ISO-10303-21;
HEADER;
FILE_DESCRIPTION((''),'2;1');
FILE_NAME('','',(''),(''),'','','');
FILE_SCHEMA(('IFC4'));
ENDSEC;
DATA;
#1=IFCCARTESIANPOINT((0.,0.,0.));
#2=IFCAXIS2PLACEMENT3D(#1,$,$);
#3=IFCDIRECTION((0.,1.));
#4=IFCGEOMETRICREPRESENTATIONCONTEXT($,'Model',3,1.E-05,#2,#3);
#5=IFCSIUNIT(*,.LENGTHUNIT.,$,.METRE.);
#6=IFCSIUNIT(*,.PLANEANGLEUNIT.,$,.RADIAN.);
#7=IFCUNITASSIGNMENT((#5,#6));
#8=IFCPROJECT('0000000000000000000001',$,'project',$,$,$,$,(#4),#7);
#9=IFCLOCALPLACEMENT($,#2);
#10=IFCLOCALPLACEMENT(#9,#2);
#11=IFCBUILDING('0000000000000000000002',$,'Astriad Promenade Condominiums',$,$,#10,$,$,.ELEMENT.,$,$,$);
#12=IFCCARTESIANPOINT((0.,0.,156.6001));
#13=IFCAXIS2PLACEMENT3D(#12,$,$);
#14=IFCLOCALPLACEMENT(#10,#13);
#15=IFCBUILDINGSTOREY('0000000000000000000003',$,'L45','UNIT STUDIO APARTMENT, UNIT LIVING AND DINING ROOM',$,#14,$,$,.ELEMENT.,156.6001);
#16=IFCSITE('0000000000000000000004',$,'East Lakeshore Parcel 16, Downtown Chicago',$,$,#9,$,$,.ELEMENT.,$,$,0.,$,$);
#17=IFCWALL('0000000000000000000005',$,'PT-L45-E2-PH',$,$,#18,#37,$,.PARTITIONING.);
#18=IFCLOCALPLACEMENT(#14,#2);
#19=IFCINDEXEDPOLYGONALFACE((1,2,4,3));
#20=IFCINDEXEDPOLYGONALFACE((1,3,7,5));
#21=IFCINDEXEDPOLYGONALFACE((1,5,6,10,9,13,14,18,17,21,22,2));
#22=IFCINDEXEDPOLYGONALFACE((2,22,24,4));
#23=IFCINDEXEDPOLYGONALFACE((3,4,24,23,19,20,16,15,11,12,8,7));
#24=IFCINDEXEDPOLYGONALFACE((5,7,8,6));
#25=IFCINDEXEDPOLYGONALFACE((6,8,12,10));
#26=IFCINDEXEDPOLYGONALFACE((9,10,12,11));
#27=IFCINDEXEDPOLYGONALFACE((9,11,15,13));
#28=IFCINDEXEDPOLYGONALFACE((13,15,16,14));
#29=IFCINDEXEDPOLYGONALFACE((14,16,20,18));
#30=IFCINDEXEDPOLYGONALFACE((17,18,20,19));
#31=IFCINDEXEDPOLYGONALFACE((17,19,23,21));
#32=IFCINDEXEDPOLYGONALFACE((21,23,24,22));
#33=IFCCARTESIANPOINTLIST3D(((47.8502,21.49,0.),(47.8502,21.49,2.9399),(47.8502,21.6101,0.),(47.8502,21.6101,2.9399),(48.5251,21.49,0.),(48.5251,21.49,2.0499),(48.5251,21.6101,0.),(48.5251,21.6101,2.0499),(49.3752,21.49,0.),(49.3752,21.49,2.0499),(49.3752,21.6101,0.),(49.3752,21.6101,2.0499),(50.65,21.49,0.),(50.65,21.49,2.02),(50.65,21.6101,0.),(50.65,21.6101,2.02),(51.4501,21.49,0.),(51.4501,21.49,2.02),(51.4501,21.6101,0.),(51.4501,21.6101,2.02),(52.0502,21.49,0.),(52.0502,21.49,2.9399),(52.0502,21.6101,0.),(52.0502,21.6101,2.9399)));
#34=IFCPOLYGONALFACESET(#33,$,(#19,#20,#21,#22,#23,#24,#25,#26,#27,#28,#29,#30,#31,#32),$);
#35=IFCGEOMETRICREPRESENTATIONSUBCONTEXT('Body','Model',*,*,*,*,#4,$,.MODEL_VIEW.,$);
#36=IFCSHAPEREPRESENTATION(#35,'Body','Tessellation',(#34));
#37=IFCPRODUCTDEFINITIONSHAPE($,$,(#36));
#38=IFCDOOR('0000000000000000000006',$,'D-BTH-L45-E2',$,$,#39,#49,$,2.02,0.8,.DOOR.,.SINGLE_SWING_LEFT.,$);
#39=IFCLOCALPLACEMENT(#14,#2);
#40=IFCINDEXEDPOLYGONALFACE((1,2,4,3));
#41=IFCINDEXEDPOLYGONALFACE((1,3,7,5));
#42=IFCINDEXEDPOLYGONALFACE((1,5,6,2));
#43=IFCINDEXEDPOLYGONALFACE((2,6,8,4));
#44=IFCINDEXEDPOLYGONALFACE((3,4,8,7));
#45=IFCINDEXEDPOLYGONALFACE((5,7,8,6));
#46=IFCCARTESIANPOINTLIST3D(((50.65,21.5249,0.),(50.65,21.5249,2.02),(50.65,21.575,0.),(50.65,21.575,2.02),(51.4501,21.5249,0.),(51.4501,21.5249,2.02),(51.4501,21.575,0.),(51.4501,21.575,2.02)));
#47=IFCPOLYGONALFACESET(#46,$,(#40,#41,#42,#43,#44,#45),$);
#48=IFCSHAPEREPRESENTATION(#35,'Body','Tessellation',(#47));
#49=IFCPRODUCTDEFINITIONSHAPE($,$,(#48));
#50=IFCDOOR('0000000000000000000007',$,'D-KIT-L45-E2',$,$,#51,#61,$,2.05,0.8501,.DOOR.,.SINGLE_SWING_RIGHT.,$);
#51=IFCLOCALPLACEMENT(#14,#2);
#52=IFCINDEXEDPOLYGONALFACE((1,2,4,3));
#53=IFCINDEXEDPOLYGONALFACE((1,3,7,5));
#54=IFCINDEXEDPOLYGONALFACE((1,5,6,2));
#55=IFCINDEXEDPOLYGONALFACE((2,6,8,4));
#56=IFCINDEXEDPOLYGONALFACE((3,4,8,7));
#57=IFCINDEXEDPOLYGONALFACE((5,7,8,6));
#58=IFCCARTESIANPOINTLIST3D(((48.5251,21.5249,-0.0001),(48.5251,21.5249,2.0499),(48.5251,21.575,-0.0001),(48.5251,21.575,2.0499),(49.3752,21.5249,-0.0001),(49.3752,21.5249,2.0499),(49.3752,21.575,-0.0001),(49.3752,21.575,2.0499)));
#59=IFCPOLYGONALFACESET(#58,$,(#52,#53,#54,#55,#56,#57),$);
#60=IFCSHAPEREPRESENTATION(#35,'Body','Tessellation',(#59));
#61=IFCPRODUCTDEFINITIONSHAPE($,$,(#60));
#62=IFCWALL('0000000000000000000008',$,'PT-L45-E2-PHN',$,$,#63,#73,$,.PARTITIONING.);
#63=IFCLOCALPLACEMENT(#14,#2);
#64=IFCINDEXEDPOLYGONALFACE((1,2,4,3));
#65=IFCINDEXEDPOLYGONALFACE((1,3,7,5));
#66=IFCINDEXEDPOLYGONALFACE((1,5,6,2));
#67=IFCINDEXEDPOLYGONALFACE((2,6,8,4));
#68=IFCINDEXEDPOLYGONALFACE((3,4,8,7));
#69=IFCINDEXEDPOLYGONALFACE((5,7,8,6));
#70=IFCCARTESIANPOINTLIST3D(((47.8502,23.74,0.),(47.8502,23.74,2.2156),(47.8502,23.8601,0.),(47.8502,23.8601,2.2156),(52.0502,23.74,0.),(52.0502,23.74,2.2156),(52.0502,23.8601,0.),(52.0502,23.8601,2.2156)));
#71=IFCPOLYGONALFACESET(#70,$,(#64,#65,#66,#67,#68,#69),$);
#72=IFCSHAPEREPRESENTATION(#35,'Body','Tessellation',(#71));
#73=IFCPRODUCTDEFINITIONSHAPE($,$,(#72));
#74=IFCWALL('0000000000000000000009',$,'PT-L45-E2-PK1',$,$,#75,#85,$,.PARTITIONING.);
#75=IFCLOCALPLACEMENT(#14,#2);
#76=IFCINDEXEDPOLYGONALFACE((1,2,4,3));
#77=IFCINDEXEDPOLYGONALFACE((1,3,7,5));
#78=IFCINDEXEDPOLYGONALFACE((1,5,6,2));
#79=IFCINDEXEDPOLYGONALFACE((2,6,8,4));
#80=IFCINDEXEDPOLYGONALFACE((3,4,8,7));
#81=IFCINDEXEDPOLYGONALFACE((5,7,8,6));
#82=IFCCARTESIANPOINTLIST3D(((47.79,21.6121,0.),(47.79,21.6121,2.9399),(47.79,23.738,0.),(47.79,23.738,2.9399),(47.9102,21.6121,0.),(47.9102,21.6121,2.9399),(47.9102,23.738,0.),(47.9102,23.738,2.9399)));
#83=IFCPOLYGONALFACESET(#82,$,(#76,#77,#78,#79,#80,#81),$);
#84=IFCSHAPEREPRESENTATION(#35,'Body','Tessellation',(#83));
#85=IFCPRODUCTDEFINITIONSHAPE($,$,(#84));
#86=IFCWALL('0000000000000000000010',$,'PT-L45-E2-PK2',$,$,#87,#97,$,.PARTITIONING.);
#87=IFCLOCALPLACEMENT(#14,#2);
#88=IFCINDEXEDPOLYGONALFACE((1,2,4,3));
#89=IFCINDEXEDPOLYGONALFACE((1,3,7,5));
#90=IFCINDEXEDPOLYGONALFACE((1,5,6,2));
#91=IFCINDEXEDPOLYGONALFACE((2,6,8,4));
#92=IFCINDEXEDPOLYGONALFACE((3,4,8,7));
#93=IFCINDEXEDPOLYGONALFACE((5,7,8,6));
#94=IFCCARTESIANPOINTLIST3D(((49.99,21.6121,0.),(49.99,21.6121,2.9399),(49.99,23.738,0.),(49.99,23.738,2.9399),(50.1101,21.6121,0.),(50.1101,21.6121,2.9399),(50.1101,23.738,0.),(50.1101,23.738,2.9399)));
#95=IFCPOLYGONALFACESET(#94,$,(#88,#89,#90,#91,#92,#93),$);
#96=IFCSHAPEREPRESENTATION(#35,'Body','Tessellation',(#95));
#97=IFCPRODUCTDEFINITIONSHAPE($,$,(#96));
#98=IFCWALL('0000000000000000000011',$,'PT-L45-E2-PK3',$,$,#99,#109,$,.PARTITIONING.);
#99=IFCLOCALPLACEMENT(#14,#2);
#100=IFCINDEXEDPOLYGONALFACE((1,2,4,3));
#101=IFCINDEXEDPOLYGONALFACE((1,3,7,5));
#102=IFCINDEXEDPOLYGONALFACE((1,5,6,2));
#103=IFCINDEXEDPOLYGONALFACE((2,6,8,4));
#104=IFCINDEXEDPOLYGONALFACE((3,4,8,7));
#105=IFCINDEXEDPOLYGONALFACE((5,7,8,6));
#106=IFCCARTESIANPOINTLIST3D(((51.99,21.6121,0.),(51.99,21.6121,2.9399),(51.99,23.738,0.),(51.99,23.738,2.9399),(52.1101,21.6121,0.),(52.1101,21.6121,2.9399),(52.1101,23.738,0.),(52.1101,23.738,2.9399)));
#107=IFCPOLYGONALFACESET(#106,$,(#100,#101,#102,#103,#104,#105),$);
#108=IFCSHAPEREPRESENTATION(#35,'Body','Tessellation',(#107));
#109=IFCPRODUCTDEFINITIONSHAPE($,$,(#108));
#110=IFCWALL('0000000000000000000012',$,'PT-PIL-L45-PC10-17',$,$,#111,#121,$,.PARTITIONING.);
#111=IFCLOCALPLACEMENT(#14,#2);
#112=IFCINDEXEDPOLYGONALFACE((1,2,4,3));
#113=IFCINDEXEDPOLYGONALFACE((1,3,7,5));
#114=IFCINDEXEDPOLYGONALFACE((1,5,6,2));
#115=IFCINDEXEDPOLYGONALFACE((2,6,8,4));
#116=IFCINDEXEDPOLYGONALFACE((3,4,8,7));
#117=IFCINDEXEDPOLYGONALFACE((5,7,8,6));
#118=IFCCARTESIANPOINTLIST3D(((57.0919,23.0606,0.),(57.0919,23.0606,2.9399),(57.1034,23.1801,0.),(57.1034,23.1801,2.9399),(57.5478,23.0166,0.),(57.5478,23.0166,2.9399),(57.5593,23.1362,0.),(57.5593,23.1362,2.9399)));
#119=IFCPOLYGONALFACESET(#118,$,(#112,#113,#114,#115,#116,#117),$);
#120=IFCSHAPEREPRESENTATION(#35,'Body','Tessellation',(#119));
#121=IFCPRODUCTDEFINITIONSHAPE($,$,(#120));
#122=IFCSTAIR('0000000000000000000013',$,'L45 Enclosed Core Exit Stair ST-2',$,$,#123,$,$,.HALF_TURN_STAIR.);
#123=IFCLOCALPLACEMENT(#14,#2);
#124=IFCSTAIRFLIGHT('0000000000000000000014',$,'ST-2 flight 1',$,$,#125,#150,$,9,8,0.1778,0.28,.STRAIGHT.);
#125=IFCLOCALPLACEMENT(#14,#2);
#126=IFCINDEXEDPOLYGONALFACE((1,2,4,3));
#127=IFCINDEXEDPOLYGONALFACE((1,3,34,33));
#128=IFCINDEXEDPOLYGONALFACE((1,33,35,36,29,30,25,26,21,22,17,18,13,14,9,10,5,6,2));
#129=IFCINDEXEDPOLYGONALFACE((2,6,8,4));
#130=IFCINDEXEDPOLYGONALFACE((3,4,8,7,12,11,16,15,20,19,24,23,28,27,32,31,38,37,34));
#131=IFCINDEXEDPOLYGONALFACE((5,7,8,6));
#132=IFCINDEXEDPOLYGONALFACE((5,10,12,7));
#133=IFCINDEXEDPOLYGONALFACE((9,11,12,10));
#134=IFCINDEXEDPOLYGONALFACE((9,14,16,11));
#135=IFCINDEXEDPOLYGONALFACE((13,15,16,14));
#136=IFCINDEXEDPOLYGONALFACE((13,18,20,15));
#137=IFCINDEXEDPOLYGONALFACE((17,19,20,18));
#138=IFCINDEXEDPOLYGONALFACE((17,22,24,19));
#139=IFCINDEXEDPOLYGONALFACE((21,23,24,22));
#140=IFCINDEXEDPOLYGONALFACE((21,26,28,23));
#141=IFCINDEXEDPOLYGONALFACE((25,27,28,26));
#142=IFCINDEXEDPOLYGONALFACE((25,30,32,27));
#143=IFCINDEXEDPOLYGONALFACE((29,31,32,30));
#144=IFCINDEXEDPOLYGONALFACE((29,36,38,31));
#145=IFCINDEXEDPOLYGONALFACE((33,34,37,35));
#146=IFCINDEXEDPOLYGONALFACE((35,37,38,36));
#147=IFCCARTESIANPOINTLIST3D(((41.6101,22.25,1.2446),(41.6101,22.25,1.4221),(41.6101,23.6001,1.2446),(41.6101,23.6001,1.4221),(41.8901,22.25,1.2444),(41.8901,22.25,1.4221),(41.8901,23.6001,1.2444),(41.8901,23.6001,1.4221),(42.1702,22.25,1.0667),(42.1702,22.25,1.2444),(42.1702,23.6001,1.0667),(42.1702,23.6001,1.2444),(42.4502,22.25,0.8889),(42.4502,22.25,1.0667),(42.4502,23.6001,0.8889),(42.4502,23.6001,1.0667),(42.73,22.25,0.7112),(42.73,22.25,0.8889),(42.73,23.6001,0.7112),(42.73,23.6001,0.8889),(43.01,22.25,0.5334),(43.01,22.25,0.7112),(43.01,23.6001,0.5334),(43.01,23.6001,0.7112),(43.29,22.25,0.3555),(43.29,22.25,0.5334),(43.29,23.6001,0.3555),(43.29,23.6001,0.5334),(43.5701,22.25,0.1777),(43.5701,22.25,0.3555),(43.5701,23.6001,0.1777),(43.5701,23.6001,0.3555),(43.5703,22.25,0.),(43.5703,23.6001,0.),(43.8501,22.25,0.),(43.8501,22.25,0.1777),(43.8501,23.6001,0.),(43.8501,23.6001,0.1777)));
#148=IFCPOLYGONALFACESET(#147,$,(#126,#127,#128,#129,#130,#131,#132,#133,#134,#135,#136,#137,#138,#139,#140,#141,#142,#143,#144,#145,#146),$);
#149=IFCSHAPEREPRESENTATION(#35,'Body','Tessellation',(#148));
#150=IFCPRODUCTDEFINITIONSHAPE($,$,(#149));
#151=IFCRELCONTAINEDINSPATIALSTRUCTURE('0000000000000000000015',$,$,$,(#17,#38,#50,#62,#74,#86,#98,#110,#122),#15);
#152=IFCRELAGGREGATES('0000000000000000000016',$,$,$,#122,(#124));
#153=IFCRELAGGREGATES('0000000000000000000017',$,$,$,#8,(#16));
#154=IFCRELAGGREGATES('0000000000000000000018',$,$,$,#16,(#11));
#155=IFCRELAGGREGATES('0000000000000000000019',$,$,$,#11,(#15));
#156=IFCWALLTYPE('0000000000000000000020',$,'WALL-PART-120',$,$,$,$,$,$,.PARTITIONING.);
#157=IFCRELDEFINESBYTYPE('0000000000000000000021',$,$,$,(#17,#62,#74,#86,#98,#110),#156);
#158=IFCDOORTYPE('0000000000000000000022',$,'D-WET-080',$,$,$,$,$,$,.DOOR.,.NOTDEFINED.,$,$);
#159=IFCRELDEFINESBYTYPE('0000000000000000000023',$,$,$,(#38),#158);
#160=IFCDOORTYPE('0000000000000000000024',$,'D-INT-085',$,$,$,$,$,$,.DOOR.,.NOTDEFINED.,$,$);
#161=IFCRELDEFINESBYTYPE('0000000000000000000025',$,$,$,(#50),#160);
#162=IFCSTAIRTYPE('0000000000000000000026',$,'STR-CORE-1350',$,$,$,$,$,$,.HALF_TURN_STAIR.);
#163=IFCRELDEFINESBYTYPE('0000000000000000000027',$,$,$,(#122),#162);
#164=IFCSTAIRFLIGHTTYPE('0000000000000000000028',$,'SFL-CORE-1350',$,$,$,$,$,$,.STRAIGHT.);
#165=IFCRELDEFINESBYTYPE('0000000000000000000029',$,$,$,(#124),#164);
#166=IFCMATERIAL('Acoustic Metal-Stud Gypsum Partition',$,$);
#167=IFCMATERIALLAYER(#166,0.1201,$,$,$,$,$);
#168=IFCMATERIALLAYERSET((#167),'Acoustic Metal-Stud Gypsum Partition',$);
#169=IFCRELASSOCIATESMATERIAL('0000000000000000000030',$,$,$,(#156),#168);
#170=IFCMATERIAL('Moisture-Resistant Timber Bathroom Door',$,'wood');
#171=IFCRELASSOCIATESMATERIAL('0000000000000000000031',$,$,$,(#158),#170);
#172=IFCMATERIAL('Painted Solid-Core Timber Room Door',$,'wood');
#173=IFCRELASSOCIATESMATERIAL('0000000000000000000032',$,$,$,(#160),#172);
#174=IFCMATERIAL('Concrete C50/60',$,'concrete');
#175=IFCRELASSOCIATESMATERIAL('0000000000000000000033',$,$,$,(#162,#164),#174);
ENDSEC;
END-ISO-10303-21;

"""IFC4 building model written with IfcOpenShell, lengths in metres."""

from ifc_helpers import new_model, si_unit, direction, frame, frame_2d, origin, place, context, subcontext, project, spatial, polyline, rectangle, outline, extrude, source, transform, mapped, material, layer, layer_set, type_object, type_shapes, element, fill, aggregate, save


model = new_model("IFC4")

# Units and contexts
model_context = context("Model", 3, precision=1e-05, world=origin(), true_north=direction((0.0, 1.0)))
body_context = subcontext(model_context, "Body", "Model", "MODEL_VIEW")
ifc_project = project(units=[si_unit("LENGTHUNIT", "METRE"), si_unit("PLANEANGLEUNIT", "RADIAN")], contexts=[model_context])

# Site, building, storey
site_placement = place(None, origin())
site = spatial("IfcSite", under=ifc_project, at=site_placement, Name="East Lakeshore Parcel 16, Downtown Chicago", CompositionType="ELEMENT", RefElevation=0.0)
building_placement = place(site_placement, origin())
building = spatial("IfcBuilding", under=site, at=building_placement, Name="Astriad Promenade Condominiums", CompositionType="ELEMENT")
storey_placement = place(building_placement, frame((0.0, 0.0, 156.6001)))
storey = spatial("IfcBuildingStorey", under=building, at=storey_placement, Name="L45", Description="UNIT STUDIO APARTMENT, UNIT LIVING AND DINING ROOM", CompositionType="ELEMENT", Elevation=156.6001)

# Wall, openings, doors
ifc_material_1 = material(Name="Acoustic Metal-Stud Gypsum Partition")
ifc_layer_1 = layer(ifc_material_1, 0.1201)
ifc_layer_set_1 = layer_set([ifc_layer_1], Name="Acoustic Metal-Stud Gypsum Partition")
wall_type_1 = type_object("IfcWallType", Name="WALL-PART-120", PredefinedType="PARTITIONING", material=ifc_layer_set_1)
wall_1_placement = place(storey_placement, frame((47.8501, 21.55, 0.0), z_axis=(0.0, 0.0, 1.0), x_axis=(1.0, 0.0, 0.0)))
wall_1 = element("IfcWall", 1, at=wall_1_placement, inside=storey, type_object=wall_type_1, Name="PT-L45-E2-PH", PredefinedType="PARTITIONING", context=body_context, shape_type="SweptSolid", body=[
    extrude(rectangle(XDim=4.2, YDim=0.1201, at=frame_2d((2.1001, 0.0))), origin(), (0.0, 0.0, 1.0), 2.9399),
])
opening_1_placement = place(wall_1_placement, frame((0.675, 0.0, 0.0)))
opening_1 = element("IfcOpeningElement", 2, at=opening_1_placement, cuts=wall_1, PredefinedType="OPENING", context=body_context, shape_type="SweptSolid", body=[
    extrude(rectangle(XDim=0.8501, YDim=2.05, at=frame_2d((0.425, 1.0249))), frame((0.0, 0.0701, 0.0), z_axis=(0.0, -1.0, 0.0), x_axis=(1.0, 0.0, 0.0)), (0.0, 0.0, 1.0), 0.1401),
])
opening_2_placement = place(wall_1_placement, frame((2.8, 0.0, 0.0)))
opening_2 = element("IfcOpeningElement", 3, at=opening_2_placement, cuts=wall_1, PredefinedType="OPENING", context=body_context, shape_type="SweptSolid", body=[
    extrude(rectangle(XDim=0.8, YDim=2.02, at=frame_2d((0.3999, 1.01))), frame((0.0, 0.0701, 0.0), z_axis=(0.0, -1.0, 0.0), x_axis=(1.0, 0.0, 0.0)), (0.0, 0.0, 1.0), 0.1401),
])
ifc_material_2 = material(Name="Moisture-Resistant Timber Bathroom Door", Category="wood")
door_type_1 = type_object("IfcDoorType", Name="D-WET-080", OperationType="NOTDEFINED", PredefinedType="DOOR", material=ifc_material_2)
shared_shape_1 = source(origin(), body_context, "Body", "SweptSolid", [
    extrude(rectangle(XDim=0.8, YDim=2.02, at=frame_2d((0.3999, 1.01))), frame((0.0, 0.0249, 0.0), z_axis=(0.0, -1.0, 0.0), x_axis=(1.0, 0.0, 0.0)), (0.0, 0.0, 1.0), 0.05),
])
type_shapes(door_type_1, [shared_shape_1])
door_1_placement = place(opening_2_placement, origin())
door_1 = element("IfcDoor", 4, at=door_1_placement, inside=storey, type_object=door_type_1, Name="D-BTH-L45-E2", OperationType="SINGLE_SWING_LEFT", OverallHeight=2.02, OverallWidth=0.8, PredefinedType="DOOR", context=body_context, shape_type="MappedRepresentation", body=[
    mapped(shared_shape_1, transform((0.0, 0.0, 0.0), scale=1.0)),
])
fill(opening_2, door_1)
ifc_material_3 = material(Name="Painted Solid-Core Timber Room Door", Category="wood")
door_type_2 = type_object("IfcDoorType", Name="D-INT-085", OperationType="NOTDEFINED", PredefinedType="DOOR", material=ifc_material_3)
shared_shape_2 = source(origin(), body_context, "Body", "SweptSolid", [
    extrude(rectangle(XDim=0.8501, YDim=2.05, at=frame_2d((0.425, 1.0249))), frame((0.0, 0.0249, 0.0), z_axis=(0.0, -1.0, 0.0), x_axis=(1.0, 0.0, 0.0)), (0.0, 0.0, 1.0), 0.05),
])
type_shapes(door_type_2, [shared_shape_2])
door_2_placement = place(opening_1_placement, origin())
door_2 = element("IfcDoor", 5, at=door_2_placement, inside=storey, type_object=door_type_2, Name="D-KIT-L45-E2", OperationType="SINGLE_SWING_RIGHT", OverallHeight=2.05, OverallWidth=0.8501, PredefinedType="DOOR", context=body_context, shape_type="MappedRepresentation", body=[
    mapped(shared_shape_2, transform((0.0, 0.0, 0.0), scale=1.0)),
])
fill(opening_1, door_2)

# Walls
wall_2_placement = place(storey_placement, frame((47.8501, 23.8, 0.0), z_axis=(0.0, 0.0, 1.0), x_axis=(1.0, 0.0, 0.0)))
element("IfcWall", 6, at=wall_2_placement, inside=storey, type_object=wall_type_1, Name="PT-L45-E2-PHN", PredefinedType="PARTITIONING", context=body_context, shape_type="SweptSolid", body=[
    extrude(rectangle(XDim=4.2, YDim=0.1201, at=frame_2d((2.1001, 0.0))), origin(), (0.0, 0.0, 1.0), 2.2156),
])
for number, where, z_axis, x_axis, name in (
    (7, (47.8501, 21.6121, 0.0), (0.0, 0.0, 1.0), (0.0, 1.0, 0.0), "PT-L45-E2-PK1"),
    (8, (50.05, 21.6121, 0.0), (0.0, 0.0, 1.0), (0.0, 1.0, 0.0), "PT-L45-E2-PK2"),
    (9, (52.05, 21.6121, 0.0), (0.0, 0.0, 1.0), (0.0, 1.0, 0.0), "PT-L45-E2-PK3"),
):
    element("IfcWall", number, at=place(storey_placement, frame(where, z_axis=z_axis, x_axis=x_axis)), inside=storey, type_object=wall_type_1, Name=name, PredefinedType="PARTITIONING", context=body_context, shape_type="SweptSolid", body=[
        extrude(rectangle(XDim=2.126, YDim=0.1201, at=frame_2d((1.063, 0.0))), origin(), (0.0, 0.0, 1.0), 2.9399),
    ])
wall_3_placement = place(storey_placement, frame((57.0977, 23.1204, 0.0), z_axis=(0.0, 0.0, 1.0), x_axis=(0.995385, -0.095966, 0.0)))
element("IfcWall", 10, at=wall_3_placement, inside=storey, type_object=wall_type_1, Name="PT-PIL-L45-PC10-17", PredefinedType="PARTITIONING", context=body_context, shape_type="SweptSolid", body=[
    extrude(rectangle(XDim=0.458, YDim=0.1201, at=frame_2d((0.229, 0.0))), origin(), (0.0, 0.0, 1.0), 2.9399),
])

# Stair, stair flight
ifc_material_4 = material(Name="Concrete C50/60", Category="concrete")
stair_type = type_object("IfcStairType", Name="STR-CORE-1350", PredefinedType="HALF_TURN_STAIR", material=ifc_material_4)
stair_placement = place(storey_placement, origin())
stair = element("IfcStair", 11, at=stair_placement, inside=storey, type_object=stair_type, Name="L45 Enclosed Core Exit Stair ST-2", PredefinedType="HALF_TURN_STAIR")
stair_flight_type = type_object("IfcStairFlightType", Name="SFL-CORE-1350", PredefinedType="STRAIGHT", material=ifc_material_4)
shared_shape_3 = source(origin(), body_context, "Body", "SweptSolid", [
    extrude(outline(polyline([(0.0, 0.0), (0.0, 0.1777), (0.28, 0.1777), (0.28, 0.3555), (0.5601, 0.3555), (0.5601, 0.5334), (0.8401, 0.5334), (0.8401, 0.7112), (1.1201, 0.7112), (1.1201, 0.8889), (1.3999, 0.8889), (1.3999, 1.0667), (1.6799, 1.0667), (1.6799, 1.2444), (1.96, 1.2444), (1.96, 1.4221), (2.24, 1.4221), (2.24, 1.6001), (2.24, 1.2446), (0.2798, 0.0), (0.0, 0.0)])), frame((0.0, 0.675, 0.0), z_axis=(0.0, -1.0, 0.0), x_axis=(1.0, 0.0, 0.0)), (0.0, 0.0, 1.0), 1.3501),
])
type_shapes(stair_flight_type, [shared_shape_3])
stair_flight_placement = place(storey_placement, frame((43.8501, 22.925, 0.0), z_axis=(0.0, 0.0, 1.0), x_axis=(-1.0, 0.0, 0.0)))
stair_flight = element("IfcStairFlight", 12, at=stair_flight_placement, type_object=stair_flight_type, Name="ST-2 flight 1", NumberOfRisers=9, NumberOfTreads=8, PredefinedType="STRAIGHT", RiserHeight=0.1778, TreadLength=0.28, context=body_context, shape_type="MappedRepresentation", body=[
    mapped(shared_shape_3, transform((0.0, 0.0, 0.0), scale=1.0)),
])
aggregate(stair, [stair_flight])

save(model, "model.ifc")
